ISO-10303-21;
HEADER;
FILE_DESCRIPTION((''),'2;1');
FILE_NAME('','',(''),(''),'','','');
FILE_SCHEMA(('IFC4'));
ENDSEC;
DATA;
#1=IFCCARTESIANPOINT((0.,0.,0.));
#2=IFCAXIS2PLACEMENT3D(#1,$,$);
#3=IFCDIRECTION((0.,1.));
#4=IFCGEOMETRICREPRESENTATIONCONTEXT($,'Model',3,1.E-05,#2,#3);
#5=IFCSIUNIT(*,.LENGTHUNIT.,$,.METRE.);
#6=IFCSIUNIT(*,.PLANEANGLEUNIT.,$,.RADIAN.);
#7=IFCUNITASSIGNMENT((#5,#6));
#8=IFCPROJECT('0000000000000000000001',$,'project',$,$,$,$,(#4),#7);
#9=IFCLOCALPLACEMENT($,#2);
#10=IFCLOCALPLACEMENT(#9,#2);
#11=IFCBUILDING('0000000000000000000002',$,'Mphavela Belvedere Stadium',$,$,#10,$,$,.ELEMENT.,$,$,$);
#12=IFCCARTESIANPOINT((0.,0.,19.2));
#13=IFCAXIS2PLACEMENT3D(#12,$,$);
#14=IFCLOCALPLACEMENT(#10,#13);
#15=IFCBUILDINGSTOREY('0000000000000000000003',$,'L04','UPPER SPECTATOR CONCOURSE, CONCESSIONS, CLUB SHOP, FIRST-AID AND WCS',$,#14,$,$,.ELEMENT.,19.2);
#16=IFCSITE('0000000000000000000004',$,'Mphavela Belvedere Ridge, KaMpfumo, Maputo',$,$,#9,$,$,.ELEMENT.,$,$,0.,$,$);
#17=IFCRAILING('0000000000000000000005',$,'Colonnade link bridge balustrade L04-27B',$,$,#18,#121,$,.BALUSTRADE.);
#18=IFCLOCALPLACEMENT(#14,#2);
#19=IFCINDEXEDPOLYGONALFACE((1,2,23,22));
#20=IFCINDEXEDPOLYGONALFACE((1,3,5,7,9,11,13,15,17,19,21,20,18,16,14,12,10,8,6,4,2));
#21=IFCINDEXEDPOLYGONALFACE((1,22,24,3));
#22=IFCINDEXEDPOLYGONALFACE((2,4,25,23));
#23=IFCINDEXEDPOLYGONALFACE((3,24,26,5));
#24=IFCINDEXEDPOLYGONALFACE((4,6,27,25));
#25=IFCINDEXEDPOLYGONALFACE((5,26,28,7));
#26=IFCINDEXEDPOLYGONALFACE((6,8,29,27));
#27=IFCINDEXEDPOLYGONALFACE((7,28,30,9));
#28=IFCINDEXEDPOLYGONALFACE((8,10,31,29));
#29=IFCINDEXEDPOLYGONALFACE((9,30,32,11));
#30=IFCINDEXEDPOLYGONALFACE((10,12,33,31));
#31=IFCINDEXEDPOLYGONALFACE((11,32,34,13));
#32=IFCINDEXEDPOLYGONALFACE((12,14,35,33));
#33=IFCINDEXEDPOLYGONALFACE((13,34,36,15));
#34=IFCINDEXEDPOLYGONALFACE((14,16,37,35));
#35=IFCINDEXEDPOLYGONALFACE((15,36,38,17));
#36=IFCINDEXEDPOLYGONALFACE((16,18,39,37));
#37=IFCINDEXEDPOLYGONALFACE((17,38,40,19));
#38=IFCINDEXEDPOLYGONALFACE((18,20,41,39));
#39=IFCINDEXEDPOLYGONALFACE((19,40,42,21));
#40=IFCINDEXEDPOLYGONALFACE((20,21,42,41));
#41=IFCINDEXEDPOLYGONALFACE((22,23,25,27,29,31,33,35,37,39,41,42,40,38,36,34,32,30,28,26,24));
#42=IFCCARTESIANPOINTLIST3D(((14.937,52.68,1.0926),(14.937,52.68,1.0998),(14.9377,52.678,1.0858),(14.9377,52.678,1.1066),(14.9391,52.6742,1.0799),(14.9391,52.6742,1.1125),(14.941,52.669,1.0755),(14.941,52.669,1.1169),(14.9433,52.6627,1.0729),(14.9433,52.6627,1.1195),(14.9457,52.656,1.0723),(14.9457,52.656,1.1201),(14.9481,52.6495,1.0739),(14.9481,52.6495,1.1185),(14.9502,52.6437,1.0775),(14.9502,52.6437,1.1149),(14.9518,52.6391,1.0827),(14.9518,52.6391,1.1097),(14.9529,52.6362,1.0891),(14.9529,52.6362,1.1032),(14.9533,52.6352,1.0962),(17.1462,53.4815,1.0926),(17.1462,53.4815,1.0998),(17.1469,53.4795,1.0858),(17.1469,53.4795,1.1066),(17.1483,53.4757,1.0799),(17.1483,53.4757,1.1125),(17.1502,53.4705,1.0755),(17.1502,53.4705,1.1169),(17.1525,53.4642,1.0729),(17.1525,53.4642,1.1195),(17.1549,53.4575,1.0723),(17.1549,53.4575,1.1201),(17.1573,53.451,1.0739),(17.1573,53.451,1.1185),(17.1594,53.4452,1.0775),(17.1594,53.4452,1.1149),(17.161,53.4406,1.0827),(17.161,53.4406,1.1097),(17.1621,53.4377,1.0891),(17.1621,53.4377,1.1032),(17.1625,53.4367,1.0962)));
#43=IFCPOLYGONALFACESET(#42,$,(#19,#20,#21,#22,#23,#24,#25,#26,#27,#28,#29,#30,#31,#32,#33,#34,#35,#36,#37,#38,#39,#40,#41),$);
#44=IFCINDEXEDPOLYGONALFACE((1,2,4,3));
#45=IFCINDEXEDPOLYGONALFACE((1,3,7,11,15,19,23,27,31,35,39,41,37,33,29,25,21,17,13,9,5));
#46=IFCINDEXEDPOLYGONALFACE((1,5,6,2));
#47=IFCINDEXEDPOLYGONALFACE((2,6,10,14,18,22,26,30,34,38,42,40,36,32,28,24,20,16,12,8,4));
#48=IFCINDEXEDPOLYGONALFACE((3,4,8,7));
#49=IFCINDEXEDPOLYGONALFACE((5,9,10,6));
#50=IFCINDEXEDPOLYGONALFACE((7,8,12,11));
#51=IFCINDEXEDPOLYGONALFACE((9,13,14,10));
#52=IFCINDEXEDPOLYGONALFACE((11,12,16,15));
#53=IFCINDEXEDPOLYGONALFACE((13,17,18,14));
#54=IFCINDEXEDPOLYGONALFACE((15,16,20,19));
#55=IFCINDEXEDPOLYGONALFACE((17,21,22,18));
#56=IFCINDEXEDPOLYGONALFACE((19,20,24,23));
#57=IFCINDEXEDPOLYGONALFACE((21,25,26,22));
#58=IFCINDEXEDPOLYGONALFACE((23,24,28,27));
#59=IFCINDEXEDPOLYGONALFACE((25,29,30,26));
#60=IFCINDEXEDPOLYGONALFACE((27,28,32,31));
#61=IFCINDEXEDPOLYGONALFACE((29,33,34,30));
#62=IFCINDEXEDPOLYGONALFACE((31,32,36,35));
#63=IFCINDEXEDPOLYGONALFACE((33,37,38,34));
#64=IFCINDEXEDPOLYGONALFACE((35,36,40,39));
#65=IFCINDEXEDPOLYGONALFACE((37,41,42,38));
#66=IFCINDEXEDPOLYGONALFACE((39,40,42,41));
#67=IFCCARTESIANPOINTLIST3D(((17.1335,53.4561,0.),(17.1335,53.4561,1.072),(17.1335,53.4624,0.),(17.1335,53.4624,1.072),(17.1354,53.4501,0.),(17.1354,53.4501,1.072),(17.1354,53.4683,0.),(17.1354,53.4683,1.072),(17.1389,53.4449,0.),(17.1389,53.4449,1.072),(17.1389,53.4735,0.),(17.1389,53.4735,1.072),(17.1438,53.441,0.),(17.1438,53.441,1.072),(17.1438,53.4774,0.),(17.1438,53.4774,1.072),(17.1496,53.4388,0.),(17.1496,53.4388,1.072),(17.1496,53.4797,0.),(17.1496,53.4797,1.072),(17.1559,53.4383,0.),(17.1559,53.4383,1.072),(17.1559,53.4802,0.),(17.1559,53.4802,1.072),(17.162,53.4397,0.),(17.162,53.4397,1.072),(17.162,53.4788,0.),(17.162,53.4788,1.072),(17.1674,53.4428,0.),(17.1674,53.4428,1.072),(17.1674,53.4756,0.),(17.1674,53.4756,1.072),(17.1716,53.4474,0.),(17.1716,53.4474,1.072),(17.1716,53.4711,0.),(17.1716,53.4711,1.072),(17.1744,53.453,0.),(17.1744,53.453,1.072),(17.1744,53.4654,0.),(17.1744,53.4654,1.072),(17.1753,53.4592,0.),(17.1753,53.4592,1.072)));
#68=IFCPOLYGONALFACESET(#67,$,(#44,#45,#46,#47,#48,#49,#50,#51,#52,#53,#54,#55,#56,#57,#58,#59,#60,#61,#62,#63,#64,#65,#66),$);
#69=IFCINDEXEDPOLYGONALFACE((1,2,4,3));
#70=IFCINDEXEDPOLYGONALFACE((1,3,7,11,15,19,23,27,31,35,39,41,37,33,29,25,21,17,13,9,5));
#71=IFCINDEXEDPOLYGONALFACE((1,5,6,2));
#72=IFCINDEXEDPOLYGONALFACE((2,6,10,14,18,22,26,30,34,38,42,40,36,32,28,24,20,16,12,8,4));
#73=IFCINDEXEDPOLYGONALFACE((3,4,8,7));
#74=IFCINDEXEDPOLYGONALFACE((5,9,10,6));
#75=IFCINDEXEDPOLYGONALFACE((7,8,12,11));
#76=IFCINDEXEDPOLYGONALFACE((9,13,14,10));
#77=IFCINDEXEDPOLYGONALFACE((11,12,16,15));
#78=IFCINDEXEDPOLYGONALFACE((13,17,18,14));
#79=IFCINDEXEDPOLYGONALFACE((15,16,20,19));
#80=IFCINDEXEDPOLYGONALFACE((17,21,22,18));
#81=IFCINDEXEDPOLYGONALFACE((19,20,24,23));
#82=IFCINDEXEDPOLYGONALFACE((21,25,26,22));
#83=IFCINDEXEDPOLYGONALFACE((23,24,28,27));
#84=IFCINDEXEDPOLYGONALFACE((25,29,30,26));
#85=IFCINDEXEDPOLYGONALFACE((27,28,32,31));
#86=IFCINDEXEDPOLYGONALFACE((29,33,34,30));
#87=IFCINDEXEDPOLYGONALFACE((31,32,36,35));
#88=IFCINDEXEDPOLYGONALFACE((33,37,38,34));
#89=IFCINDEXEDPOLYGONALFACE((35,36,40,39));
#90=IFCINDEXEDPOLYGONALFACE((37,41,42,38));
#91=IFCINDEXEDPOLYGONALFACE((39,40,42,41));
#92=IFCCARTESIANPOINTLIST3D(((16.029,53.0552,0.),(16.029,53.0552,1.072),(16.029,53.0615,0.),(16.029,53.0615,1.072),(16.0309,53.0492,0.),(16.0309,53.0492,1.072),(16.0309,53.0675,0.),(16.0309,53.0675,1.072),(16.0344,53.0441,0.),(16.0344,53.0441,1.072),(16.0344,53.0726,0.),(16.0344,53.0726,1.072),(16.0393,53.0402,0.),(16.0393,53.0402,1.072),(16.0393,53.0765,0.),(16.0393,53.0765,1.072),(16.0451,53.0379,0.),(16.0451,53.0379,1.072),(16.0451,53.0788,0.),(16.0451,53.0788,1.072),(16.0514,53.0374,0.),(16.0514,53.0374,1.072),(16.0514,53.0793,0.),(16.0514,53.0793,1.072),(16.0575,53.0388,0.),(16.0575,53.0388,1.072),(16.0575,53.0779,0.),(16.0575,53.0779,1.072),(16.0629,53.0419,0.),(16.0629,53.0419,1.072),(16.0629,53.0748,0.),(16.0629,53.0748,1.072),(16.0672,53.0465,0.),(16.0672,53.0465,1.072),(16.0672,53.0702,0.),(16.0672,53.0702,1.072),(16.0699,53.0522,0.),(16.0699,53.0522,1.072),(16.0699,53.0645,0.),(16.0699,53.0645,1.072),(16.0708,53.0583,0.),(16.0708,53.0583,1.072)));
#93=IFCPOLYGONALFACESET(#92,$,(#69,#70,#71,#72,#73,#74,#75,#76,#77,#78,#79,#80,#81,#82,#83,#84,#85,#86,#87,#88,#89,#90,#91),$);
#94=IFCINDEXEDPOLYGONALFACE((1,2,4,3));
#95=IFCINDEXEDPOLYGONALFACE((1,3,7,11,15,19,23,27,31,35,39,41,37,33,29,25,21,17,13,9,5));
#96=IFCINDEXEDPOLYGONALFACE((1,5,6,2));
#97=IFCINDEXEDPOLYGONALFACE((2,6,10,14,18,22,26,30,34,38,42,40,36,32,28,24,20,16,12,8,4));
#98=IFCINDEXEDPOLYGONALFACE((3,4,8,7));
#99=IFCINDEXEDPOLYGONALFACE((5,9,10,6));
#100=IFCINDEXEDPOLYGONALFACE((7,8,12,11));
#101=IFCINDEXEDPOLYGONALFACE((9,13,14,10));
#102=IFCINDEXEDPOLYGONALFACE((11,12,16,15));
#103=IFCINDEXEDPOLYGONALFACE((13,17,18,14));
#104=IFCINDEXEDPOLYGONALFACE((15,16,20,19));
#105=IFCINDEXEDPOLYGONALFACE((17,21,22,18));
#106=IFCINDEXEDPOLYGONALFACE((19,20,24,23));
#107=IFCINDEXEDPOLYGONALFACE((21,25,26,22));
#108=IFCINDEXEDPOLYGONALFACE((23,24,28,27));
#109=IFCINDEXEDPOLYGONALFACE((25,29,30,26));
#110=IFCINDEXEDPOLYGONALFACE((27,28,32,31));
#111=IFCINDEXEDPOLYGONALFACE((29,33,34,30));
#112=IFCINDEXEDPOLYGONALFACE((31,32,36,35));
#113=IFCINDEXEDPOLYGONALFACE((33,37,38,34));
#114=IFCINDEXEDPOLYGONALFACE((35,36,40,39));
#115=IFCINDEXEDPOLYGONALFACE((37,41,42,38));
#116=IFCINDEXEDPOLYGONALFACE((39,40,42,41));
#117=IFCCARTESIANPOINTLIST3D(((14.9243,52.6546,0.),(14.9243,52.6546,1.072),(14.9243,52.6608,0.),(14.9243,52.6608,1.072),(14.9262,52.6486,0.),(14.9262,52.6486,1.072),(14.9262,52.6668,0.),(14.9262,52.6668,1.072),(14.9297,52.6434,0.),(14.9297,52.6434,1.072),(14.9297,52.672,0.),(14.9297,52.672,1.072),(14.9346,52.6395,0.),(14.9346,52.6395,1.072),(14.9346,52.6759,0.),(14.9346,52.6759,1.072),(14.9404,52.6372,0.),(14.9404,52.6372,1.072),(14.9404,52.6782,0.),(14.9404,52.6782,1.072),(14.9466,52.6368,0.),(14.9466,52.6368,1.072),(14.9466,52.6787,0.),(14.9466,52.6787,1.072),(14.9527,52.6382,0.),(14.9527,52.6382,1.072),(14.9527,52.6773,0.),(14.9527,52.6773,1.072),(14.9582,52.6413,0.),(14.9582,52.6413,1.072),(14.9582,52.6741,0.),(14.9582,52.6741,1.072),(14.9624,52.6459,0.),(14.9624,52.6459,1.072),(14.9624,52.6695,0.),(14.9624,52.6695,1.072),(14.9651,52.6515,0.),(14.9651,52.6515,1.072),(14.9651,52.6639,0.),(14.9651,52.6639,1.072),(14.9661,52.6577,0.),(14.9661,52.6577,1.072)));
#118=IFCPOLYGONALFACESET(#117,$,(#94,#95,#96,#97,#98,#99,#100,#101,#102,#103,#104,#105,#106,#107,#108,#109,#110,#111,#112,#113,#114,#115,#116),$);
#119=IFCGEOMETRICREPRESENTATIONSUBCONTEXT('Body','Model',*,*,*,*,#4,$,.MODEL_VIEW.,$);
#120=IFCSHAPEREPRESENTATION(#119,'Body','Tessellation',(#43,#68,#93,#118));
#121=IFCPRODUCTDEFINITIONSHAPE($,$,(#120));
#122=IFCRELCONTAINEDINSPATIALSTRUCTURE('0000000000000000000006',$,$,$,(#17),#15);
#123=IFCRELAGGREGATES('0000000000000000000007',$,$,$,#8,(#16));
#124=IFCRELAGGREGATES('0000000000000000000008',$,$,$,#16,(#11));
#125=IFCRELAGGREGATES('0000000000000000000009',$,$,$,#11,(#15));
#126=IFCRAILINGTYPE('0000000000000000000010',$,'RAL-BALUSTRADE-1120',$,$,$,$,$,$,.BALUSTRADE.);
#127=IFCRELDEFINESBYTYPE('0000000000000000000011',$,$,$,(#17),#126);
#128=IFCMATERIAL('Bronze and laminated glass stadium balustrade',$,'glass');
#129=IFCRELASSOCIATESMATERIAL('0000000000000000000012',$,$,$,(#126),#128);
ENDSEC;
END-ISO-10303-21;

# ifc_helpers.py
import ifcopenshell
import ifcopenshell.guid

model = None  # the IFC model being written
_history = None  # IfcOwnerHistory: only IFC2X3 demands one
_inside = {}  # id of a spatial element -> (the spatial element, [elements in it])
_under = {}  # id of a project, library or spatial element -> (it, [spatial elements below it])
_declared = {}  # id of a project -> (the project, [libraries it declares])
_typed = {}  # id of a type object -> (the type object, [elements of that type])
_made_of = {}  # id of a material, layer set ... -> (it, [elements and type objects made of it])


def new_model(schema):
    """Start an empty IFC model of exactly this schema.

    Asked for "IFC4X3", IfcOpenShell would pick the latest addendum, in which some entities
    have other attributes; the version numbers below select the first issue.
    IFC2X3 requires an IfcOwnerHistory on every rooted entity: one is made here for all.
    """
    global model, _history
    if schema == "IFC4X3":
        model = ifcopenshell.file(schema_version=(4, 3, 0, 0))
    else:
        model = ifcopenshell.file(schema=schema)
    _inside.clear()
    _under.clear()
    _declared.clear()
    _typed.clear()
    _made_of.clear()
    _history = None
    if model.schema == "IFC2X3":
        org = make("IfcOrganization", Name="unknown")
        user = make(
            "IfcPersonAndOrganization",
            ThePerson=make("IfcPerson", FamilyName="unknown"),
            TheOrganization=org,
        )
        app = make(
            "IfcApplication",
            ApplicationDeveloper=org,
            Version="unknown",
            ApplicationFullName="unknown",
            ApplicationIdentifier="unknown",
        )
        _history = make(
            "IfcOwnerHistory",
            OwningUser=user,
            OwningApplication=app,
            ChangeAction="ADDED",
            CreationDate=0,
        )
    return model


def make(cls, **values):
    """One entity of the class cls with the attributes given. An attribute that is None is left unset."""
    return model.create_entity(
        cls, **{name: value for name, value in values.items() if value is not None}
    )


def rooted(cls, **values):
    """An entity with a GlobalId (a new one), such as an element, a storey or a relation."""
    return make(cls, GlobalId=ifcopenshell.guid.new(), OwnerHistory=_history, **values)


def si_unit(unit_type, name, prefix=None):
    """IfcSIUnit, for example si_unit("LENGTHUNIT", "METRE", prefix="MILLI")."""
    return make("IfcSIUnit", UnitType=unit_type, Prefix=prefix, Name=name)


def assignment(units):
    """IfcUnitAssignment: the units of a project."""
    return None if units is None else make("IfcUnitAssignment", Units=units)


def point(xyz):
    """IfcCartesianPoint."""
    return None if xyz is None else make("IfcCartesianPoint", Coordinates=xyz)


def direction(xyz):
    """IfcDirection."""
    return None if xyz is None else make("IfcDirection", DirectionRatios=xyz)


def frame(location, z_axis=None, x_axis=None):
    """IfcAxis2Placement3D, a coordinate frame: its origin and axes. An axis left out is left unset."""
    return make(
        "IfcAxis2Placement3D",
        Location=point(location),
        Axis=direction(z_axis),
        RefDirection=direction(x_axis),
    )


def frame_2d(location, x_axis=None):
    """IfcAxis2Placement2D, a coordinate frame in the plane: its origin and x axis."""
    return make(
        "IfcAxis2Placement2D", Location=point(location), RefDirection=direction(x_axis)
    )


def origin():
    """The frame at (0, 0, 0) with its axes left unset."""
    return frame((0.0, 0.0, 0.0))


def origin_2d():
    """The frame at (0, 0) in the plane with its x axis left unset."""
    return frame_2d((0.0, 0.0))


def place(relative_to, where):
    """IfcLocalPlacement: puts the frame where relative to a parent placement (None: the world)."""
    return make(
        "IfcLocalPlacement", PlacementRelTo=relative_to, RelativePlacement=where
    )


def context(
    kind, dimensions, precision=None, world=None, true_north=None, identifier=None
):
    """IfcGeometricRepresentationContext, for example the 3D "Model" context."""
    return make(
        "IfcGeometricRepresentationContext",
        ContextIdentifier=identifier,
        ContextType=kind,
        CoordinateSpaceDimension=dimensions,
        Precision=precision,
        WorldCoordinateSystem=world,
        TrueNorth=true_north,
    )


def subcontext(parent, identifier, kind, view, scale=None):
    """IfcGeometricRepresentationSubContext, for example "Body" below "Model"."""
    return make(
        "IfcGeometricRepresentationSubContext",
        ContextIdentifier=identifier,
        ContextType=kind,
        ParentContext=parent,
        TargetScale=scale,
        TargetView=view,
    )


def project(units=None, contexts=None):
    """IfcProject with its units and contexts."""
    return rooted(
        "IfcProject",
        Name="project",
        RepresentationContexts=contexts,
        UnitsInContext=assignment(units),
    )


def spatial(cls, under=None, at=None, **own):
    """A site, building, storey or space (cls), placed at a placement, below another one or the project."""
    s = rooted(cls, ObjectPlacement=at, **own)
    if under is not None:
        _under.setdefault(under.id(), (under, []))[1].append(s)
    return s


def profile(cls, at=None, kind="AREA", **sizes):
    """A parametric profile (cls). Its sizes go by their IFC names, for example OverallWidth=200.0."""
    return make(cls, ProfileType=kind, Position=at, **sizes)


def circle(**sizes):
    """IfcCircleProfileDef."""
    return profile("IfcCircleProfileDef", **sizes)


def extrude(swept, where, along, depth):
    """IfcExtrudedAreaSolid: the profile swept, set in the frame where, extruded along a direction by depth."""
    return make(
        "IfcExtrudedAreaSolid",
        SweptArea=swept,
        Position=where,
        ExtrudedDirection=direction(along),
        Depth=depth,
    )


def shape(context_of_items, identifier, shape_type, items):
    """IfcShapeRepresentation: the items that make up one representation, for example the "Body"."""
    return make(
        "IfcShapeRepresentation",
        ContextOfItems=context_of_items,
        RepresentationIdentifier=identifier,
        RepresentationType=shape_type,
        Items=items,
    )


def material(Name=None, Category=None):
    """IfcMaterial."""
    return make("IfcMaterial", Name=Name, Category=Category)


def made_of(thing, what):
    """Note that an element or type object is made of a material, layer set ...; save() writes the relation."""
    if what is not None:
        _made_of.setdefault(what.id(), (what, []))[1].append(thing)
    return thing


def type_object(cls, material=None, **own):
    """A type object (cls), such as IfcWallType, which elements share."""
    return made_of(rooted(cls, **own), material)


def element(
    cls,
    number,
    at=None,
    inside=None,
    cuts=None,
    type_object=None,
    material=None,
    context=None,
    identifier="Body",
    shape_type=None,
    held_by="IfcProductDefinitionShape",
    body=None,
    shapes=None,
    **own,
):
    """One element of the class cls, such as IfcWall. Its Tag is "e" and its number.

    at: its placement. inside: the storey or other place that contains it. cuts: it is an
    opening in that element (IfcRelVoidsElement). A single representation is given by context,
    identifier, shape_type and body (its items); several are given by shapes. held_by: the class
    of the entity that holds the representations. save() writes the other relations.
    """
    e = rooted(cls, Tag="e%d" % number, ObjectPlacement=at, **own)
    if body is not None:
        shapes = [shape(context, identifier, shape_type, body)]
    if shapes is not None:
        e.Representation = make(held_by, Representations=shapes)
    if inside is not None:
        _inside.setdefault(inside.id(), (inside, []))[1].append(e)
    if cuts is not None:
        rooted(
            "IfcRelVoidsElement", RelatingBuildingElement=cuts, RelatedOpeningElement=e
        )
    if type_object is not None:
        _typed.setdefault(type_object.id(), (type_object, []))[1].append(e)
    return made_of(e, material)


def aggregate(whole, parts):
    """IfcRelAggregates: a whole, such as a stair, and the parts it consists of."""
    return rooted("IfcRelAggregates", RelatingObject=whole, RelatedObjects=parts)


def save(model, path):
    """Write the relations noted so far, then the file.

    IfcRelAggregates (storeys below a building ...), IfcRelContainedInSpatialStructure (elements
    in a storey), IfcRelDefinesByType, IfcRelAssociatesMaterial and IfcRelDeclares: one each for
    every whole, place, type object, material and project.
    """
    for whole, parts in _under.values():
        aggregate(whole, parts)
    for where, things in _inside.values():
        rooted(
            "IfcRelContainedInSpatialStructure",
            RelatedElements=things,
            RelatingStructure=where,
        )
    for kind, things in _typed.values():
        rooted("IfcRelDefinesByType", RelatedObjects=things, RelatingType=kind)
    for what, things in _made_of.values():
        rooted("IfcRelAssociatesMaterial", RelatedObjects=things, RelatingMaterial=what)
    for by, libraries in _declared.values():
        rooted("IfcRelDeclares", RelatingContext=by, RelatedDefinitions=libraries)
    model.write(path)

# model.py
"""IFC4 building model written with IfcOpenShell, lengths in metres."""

from ifc_helpers import new_model, si_unit, direction, frame, origin, origin_2d, place, context, subcontext, project, spatial, circle, extrude, material, type_object, element, save


model = new_model("IFC4")

# Units and contexts
model_context = context("Model", 3, precision=1e-05, world=origin(), true_north=direction((0.0, 1.0)))
body_context = subcontext(model_context, "Body", "Model", "MODEL_VIEW")
ifc_project = project(units=[si_unit("LENGTHUNIT", "METRE"), si_unit("PLANEANGLEUNIT", "RADIAN")], contexts=[model_context])

# Site, building, storey
site_placement = place(None, origin())
site = spatial("IfcSite", under=ifc_project, at=site_placement, Name="Mphavela Belvedere Ridge, KaMpfumo, Maputo", CompositionType="ELEMENT", RefElevation=0.0)
building_placement = place(site_placement, origin())
building = spatial("IfcBuilding", under=site, at=building_placement, Name="Mphavela Belvedere Stadium", CompositionType="ELEMENT")
storey_placement = place(building_placement, frame((0.0, 0.0, 19.2)))
storey = spatial("IfcBuildingStorey", under=building, at=storey_placement, Name="L04", Description="UPPER SPECTATOR CONCOURSE, CONCESSIONS, CLUB SHOP, FIRST-AID AND WCS", CompositionType="ELEMENT", Elevation=19.2)

# Railing
ifc_material_1 = material(Name="Bronze and laminated glass stadium balustrade", Category="glass")
railing_type = type_object("IfcRailingType", Name="RAL-BALUSTRADE-1120", PredefinedType="BALUSTRADE", material=ifc_material_1)
railing_1_placement = place(storey_placement, frame((17.1543, 53.4592, 0.0)))
element("IfcRailing", 1, at=railing_1_placement, inside=storey, type_object=railing_type, Name="Colonnade link bridge balustrade L04-27B", PredefinedType="BALUSTRADE", context=body_context, shape_type="SweptSolid", body=[
    extrude(circle(Radius=0.0239, at=origin_2d()), frame((0.0, 0.0, 1.0962), z_axis=(-0.940045, -0.341051, 0.0), x_axis=(0.341051, -0.940045, 0.0)), (0.0, 0.0, 1.0), 2.3501),
    extrude(circle(Radius=0.021, at=origin_2d()), origin(), (0.0, 0.0, 1.0), 1.072),
    extrude(circle(Radius=0.021, at=origin_2d()), frame((-1.1045, -0.4009, 0.0)), (0.0, 0.0, 1.0), 1.072),
    extrude(circle(Radius=0.021, at=origin_2d()), frame((-2.2092, -0.8015, 0.0)), (0.0, 0.0, 1.0), 1.072),
])

save(model, "model.ifc")
